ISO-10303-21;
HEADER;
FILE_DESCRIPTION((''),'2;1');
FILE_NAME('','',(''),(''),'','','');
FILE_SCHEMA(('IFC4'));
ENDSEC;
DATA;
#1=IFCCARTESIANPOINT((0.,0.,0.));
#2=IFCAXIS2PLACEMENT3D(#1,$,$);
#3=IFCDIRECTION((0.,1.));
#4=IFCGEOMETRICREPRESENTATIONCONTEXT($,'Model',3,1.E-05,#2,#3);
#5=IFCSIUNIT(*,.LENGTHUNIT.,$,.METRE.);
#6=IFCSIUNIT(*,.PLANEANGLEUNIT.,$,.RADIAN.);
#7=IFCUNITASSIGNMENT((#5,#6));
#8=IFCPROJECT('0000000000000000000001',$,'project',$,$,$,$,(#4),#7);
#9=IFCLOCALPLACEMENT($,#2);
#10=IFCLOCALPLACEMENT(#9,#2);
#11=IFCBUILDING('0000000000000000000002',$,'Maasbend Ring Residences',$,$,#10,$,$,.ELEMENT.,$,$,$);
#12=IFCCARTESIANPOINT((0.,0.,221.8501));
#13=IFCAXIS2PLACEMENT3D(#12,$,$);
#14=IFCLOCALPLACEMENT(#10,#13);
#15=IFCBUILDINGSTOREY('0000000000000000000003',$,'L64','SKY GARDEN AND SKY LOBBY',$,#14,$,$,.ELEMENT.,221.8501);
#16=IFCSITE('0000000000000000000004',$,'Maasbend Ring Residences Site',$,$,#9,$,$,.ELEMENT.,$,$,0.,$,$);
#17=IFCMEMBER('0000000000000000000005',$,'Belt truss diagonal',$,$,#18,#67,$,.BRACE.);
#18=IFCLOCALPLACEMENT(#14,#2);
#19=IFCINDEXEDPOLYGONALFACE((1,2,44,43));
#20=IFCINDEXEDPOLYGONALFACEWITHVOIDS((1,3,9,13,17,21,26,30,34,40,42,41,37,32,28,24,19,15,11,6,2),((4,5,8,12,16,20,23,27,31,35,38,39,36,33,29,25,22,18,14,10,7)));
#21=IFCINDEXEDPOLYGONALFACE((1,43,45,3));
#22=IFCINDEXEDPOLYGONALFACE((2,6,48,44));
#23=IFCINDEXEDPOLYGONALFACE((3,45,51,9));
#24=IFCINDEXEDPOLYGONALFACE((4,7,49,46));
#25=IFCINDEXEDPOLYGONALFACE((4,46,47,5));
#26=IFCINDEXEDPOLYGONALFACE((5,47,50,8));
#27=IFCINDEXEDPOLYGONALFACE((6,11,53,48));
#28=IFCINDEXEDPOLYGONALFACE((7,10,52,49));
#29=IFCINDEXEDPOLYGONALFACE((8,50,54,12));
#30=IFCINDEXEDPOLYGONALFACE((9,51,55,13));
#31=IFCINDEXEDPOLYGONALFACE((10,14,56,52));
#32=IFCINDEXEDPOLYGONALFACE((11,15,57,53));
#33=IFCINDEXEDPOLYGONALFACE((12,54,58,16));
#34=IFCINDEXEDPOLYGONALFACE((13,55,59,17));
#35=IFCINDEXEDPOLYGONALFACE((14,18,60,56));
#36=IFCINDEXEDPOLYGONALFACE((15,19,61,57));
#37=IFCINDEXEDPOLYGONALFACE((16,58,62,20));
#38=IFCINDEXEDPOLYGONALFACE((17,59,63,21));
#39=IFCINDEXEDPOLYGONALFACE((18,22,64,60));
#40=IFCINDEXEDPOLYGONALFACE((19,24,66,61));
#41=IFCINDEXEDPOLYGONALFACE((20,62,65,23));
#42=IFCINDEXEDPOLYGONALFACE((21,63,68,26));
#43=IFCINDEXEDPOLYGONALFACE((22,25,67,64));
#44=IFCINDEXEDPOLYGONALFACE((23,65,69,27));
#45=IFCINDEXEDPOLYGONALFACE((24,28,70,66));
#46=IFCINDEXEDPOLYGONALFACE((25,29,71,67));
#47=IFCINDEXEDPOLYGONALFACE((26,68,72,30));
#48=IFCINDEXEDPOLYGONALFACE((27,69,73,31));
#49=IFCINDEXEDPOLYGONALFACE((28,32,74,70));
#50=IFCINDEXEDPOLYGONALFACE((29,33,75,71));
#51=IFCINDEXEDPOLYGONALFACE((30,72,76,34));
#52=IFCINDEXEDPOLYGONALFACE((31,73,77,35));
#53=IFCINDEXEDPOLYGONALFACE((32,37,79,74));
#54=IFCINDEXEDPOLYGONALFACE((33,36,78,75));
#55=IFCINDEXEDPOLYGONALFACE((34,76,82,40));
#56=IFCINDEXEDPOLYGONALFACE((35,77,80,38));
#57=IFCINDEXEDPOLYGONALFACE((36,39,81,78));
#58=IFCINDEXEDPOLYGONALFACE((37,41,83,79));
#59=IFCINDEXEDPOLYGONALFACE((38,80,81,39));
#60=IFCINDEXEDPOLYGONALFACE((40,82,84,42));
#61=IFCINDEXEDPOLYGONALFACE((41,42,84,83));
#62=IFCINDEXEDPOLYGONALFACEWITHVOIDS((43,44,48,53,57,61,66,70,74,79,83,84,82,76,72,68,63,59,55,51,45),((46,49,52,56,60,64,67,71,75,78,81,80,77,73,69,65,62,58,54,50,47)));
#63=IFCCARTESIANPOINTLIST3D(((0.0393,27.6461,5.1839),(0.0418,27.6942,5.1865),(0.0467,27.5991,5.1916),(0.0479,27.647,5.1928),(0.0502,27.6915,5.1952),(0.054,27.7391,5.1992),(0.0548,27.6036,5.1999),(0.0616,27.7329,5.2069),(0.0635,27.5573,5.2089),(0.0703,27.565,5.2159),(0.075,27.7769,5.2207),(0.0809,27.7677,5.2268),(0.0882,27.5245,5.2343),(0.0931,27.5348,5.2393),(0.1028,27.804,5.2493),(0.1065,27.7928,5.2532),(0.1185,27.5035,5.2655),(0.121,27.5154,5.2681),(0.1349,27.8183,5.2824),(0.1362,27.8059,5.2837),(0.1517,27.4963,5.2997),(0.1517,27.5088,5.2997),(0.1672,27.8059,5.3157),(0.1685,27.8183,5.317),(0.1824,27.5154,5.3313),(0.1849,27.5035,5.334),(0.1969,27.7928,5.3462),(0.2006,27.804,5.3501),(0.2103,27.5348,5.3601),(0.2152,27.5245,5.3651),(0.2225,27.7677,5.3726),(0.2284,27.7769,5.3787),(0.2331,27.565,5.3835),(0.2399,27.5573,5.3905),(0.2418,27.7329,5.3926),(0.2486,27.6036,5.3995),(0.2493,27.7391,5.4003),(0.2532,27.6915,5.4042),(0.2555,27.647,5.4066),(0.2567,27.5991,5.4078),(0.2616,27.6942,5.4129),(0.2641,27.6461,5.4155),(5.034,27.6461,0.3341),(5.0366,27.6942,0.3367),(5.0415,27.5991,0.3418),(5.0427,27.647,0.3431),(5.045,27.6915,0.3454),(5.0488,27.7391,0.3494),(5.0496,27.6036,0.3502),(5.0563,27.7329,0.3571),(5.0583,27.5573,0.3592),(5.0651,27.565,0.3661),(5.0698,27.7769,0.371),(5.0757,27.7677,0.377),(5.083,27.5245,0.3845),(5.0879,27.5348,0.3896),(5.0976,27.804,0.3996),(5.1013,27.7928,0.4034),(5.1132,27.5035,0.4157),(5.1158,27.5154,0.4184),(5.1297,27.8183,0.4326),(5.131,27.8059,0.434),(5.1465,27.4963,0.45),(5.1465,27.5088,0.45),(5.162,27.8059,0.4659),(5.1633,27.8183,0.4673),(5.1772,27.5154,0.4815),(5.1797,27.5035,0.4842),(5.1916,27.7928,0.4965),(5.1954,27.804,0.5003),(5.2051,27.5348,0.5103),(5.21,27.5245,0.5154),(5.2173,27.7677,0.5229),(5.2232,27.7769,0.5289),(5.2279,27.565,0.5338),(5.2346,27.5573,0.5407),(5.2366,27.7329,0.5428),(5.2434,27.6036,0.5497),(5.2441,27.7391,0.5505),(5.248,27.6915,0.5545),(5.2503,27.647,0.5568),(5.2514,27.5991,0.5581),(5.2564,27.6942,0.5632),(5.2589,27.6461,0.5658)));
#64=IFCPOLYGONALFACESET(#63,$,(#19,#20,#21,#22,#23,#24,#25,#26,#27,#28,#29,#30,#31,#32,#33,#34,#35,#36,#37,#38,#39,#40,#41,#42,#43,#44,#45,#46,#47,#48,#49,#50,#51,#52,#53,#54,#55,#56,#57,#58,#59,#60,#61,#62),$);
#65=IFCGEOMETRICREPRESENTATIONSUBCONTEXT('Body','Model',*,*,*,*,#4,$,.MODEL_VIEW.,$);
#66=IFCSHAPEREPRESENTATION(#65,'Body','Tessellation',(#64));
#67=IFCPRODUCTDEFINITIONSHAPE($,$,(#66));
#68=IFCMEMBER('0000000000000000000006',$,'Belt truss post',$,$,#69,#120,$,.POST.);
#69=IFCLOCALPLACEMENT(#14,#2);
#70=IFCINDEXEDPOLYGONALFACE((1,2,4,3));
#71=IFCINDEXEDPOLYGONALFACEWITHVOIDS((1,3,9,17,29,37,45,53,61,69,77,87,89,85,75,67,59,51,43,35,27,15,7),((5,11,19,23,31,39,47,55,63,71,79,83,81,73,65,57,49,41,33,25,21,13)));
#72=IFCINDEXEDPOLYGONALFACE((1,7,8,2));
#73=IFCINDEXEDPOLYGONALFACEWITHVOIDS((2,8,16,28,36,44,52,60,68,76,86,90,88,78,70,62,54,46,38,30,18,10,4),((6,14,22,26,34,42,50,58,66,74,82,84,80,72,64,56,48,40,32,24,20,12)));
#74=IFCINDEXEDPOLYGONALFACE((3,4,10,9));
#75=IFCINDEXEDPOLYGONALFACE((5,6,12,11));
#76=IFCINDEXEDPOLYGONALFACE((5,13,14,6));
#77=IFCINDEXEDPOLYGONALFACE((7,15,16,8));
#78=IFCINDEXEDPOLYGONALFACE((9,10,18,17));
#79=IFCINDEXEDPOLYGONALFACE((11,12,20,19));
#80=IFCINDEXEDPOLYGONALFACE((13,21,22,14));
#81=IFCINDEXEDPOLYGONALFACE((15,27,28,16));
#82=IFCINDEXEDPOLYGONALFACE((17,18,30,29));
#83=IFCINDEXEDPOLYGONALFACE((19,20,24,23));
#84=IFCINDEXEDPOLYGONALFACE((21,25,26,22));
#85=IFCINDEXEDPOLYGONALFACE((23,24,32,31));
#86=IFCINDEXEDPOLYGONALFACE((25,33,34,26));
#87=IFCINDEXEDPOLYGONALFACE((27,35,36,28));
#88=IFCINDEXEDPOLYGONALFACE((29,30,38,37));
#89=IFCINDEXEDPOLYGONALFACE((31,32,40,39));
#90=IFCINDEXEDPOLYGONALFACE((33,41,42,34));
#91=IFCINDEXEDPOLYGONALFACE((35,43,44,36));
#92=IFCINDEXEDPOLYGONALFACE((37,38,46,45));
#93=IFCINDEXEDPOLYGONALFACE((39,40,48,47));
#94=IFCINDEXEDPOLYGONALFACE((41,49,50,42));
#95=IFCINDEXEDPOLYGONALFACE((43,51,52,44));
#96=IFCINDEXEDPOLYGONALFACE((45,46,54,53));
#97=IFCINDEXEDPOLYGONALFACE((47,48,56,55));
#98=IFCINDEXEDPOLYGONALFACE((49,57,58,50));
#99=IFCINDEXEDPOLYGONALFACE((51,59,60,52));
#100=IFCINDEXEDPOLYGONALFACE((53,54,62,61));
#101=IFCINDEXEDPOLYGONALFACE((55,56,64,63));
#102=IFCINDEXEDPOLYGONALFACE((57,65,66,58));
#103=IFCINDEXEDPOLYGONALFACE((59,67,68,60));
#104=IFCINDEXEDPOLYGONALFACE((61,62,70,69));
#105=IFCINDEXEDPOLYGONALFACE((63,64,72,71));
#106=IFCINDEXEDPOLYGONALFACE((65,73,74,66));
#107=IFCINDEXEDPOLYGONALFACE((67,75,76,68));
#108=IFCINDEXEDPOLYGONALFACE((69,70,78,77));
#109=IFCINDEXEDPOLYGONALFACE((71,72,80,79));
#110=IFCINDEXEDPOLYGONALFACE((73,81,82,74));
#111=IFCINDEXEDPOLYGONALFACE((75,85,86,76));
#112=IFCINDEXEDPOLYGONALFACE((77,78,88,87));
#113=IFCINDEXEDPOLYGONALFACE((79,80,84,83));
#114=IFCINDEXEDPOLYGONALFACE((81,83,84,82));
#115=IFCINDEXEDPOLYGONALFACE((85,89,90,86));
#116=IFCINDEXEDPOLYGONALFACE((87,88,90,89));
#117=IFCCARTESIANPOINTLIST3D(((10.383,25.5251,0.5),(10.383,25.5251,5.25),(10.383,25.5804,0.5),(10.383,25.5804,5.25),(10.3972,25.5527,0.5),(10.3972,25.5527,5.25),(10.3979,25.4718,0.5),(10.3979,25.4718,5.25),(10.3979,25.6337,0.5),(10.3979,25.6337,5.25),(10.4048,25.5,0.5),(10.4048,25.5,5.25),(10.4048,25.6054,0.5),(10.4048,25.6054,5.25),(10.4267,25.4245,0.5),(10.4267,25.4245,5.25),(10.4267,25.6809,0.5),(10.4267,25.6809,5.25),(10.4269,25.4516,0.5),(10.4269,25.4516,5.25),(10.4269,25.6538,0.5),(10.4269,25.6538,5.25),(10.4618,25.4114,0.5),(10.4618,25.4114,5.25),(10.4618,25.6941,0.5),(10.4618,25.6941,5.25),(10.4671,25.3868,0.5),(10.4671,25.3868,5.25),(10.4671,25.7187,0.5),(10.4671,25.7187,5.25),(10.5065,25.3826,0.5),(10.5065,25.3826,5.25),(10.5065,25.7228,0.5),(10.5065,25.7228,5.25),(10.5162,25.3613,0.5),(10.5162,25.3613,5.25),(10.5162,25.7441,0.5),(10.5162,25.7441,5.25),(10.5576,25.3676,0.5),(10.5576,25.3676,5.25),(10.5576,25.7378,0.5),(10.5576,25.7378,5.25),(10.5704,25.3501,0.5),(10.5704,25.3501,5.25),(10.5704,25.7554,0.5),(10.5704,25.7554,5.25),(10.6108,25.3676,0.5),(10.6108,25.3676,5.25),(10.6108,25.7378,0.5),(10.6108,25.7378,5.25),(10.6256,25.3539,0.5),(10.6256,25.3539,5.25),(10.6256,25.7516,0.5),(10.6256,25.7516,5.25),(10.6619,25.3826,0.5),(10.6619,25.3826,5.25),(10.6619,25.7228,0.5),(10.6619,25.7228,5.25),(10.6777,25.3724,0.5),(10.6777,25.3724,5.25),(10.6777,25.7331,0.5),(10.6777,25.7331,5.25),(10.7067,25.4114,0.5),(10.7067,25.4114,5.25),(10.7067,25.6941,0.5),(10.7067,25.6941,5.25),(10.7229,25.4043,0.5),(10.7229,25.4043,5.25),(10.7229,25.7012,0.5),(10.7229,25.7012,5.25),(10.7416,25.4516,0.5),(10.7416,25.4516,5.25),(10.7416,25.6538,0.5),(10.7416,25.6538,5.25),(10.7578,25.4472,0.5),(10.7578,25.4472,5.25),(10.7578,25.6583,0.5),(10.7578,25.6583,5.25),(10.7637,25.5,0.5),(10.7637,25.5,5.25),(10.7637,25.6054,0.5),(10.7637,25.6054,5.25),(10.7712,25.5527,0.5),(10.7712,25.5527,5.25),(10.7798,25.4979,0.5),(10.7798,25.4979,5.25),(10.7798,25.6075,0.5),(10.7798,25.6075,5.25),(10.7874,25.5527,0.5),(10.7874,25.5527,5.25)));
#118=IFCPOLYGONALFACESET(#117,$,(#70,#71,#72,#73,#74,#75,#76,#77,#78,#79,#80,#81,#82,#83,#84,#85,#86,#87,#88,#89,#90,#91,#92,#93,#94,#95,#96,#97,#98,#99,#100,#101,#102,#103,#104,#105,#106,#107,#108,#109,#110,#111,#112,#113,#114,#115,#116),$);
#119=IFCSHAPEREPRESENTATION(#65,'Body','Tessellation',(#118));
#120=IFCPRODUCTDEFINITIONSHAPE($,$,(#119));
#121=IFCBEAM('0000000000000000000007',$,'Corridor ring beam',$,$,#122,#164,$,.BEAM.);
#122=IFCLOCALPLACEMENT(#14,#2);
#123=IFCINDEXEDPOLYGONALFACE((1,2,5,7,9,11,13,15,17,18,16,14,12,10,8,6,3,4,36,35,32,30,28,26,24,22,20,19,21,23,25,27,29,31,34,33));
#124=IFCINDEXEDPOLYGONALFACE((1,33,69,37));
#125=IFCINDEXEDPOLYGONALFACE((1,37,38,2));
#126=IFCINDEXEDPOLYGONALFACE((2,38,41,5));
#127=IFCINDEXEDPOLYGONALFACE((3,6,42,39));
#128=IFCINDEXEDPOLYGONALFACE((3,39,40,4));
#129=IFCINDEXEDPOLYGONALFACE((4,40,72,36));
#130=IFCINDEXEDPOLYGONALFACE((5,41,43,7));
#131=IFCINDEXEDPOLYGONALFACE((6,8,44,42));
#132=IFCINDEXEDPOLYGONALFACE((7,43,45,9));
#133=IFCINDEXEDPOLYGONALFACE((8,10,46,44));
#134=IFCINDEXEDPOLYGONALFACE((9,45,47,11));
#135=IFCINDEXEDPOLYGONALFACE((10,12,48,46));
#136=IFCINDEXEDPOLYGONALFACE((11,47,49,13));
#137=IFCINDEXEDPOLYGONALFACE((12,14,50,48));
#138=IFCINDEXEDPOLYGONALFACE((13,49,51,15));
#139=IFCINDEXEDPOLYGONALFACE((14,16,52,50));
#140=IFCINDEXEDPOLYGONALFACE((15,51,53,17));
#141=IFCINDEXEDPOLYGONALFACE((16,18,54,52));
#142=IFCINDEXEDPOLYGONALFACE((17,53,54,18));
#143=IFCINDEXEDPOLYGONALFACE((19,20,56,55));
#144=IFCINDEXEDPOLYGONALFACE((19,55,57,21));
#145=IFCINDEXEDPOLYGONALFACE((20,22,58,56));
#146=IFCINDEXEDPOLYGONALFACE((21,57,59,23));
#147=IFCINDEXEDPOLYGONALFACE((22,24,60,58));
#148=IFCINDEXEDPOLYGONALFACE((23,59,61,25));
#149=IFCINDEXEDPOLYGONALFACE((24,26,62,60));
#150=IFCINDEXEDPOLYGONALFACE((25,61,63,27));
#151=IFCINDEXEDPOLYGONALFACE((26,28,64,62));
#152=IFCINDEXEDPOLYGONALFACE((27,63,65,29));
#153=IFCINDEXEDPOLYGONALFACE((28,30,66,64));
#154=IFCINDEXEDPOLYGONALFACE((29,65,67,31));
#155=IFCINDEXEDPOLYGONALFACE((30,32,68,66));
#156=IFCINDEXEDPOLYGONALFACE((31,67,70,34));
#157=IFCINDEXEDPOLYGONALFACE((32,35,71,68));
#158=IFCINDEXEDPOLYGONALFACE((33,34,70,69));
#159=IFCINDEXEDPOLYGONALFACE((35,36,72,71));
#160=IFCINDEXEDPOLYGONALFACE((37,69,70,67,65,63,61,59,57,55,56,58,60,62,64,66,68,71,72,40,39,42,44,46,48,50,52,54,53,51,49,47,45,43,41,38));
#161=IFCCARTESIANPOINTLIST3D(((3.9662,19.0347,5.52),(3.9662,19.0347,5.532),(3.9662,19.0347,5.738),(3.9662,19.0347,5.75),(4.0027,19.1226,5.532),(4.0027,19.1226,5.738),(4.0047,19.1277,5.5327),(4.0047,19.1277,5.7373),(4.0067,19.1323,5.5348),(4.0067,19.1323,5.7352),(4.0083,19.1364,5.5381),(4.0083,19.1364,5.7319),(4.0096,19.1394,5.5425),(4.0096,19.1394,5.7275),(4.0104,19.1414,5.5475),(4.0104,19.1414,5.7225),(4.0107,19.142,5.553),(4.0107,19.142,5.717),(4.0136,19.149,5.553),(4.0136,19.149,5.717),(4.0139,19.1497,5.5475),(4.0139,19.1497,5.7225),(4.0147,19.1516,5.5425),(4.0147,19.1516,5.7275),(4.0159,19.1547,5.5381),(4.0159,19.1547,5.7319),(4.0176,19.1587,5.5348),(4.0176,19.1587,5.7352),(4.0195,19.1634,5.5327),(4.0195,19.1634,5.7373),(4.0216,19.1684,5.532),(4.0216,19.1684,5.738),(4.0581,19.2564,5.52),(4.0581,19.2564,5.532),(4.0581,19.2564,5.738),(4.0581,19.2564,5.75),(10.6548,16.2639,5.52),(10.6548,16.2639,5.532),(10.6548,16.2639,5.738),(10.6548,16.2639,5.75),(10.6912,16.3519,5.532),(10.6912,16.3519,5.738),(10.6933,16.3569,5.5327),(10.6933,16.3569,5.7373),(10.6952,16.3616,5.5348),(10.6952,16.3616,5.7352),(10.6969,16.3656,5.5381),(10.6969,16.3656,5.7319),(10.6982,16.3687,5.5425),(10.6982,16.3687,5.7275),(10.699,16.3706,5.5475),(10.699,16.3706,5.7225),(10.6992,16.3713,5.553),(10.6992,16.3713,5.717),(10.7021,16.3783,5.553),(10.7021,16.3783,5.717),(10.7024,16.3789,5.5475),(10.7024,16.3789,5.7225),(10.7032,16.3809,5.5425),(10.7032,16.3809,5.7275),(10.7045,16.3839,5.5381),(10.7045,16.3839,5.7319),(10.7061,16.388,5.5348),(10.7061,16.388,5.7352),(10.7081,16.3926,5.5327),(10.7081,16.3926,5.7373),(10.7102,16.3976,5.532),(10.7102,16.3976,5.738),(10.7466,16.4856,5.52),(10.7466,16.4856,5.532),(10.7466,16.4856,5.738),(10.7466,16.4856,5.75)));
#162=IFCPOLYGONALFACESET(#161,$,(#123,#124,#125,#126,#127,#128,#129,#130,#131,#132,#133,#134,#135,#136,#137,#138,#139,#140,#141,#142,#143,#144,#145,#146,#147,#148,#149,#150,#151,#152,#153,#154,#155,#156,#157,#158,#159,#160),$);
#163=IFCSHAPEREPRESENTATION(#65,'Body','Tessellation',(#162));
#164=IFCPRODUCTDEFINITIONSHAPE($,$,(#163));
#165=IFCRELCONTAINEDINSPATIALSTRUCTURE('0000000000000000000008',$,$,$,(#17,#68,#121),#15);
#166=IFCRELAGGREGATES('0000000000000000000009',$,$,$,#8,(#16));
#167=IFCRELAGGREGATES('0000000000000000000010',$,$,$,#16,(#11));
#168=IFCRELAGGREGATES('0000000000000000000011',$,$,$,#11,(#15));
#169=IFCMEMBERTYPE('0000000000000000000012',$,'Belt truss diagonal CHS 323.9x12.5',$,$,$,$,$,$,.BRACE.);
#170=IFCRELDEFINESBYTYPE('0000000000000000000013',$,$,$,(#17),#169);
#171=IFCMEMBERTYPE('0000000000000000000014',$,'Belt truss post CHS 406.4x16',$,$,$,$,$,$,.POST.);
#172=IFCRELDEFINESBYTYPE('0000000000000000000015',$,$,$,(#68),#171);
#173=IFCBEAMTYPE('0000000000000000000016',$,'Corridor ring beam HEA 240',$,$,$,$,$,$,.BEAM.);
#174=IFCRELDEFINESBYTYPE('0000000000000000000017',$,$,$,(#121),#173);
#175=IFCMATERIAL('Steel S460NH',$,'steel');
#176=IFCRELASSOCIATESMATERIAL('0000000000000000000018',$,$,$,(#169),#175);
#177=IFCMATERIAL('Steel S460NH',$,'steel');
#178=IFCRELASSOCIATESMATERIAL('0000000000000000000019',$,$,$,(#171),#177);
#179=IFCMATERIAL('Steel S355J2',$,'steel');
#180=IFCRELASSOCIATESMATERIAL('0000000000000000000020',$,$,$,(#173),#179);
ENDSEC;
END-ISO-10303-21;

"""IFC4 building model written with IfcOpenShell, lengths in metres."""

from ifc_helpers import new_model, si_unit, direction, frame, origin, origin_2d, place, context, subcontext, project, spatial, hollow_circle, i_section, extrude, material, material_profile, profile_set, type_object, element, save


model = new_model("IFC4")

# Units and contexts
model_context = context("Model", 3, precision=1e-05, world=origin(), true_north=direction((0.0, 1.0)))
body_context = subcontext(model_context, "Body", "Model", "MODEL_VIEW")
ifc_project = project(units=[si_unit("LENGTHUNIT", "METRE"), si_unit("PLANEANGLEUNIT", "RADIAN")], contexts=[model_context])

# Site, building, storey
site_placement = place(None, origin())
site = spatial("IfcSite", under=ifc_project, at=site_placement, Name="Maasbend Ring Residences Site", CompositionType="ELEMENT", RefElevation=0.0)
building_placement = place(site_placement, origin())
building = spatial("IfcBuilding", under=site, at=building_placement, Name="Maasbend Ring Residences", CompositionType="ELEMENT")
storey_placement = place(building_placement, frame((0.0, 0.0, 221.8501)))
storey = spatial("IfcBuildingStorey", under=building, at=storey_placement, Name="L64", Description="SKY GARDEN AND SKY LOBBY", CompositionType="ELEMENT", Elevation=221.8501)

# Members
ifc_material_1 = material(Name="Steel S460NH", Category="steel")
ifc_material_profile_1 = material_profile(ifc_material_1, hollow_circle(Radius=0.1619, WallThickness=0.0125, at=origin_2d()), Name="Belt truss diagonal CHS 323.9x12.5")
ifc_profile_set_1 = profile_set([ifc_material_profile_1], Name="Steel S460NH")
member_type_1 = type_object("IfcMemberType", Name="Belt truss diagonal CHS 323.9x12.5", PredefinedType="BRACE", material=ifc_profile_set_1)
for number, where, z_axis, x_axis, name in (
    (1, (5.1465, 27.6582, 0.45), (-0.717445, 0.0, 0.696615), (0.0, -1.0, 0.0), "Belt truss diagonal"),
):
    element("IfcMember", number, at=place(storey_placement, frame(where, z_axis=z_axis, x_axis=x_axis)), inside=storey, type_object=member_type_1, Name=name, PredefinedType="BRACE", context=body_context, shape_type="SweptSolid", body=[
        extrude(hollow_circle(Radius=0.1619, WallThickness=0.0125, at=origin_2d()), origin(), (0.0, 0.0, 1.0), 6.9619),
    ])
ifc_material_2 = material(Name="Steel S460NH", Category="steel")
ifc_material_profile_2 = material_profile(ifc_material_2, hollow_circle(Radius=0.2031, WallThickness=0.0161, at=origin_2d()), Name="Belt truss post CHS 406.4x16")
ifc_profile_set_2 = profile_set([ifc_material_profile_2], Name="Steel S460NH")
member_type_2 = type_object("IfcMemberType", Name="Belt truss post CHS 406.4x16", PredefinedType="POST", material=ifc_profile_set_2)
member_placement = place(storey_placement, frame((10.5842, 25.5527, 0.5), z_axis=(0.0, 0.0, 1.0), x_axis=(1.0, 0.0, 0.0)))
element("IfcMember", 2, at=member_placement, inside=storey, type_object=member_type_2, Name="Belt truss post", PredefinedType="POST", context=body_context, shape_type="SweptSolid", body=[
    extrude(hollow_circle(Radius=0.2031, WallThickness=0.0161, at=origin_2d()), origin(), (0.0, 0.0, 1.0), 4.75),
])

# Beam
ifc_material_3 = material(Name="Steel S355J2", Category="steel")
ifc_material_profile_3 = material_profile(ifc_material_3, i_section(OverallWidth=0.24, OverallDepth=0.23, WebThickness=0.0076, FlangeThickness=0.012, FilletRadius=0.021, at=origin_2d()), Name="HEA 240")
ifc_profile_set_3 = profile_set([ifc_material_profile_3], Name="Steel S355J2")
beam_type_1 = type_object("IfcBeamType", Name="Corridor ring beam HEA 240", PredefinedType="BEAM", material=ifc_profile_set_3)
for number, where, z_axis, x_axis, name in (
    (3, (10.7007, 16.3748, 5.635), (-0.923865, 0.382718, 0.0), (-0.382718, -0.923865, 0.0), "Corridor ring beam"),
):
    element("IfcBeam", number, at=place(storey_placement, frame(where, z_axis=z_axis, x_axis=x_axis)), inside=storey, type_object=beam_type_1, Name=name, PredefinedType="BEAM", context=body_context, shape_type="SweptSolid", body=[
        extrude(i_section(OverallWidth=0.24, OverallDepth=0.23, WebThickness=0.0076, FlangeThickness=0.012, FilletRadius=0.021, at=origin_2d()), origin(), (0.0, 0.0, 1.0), 7.2397),
    ])

save(model, "model.ifc")
